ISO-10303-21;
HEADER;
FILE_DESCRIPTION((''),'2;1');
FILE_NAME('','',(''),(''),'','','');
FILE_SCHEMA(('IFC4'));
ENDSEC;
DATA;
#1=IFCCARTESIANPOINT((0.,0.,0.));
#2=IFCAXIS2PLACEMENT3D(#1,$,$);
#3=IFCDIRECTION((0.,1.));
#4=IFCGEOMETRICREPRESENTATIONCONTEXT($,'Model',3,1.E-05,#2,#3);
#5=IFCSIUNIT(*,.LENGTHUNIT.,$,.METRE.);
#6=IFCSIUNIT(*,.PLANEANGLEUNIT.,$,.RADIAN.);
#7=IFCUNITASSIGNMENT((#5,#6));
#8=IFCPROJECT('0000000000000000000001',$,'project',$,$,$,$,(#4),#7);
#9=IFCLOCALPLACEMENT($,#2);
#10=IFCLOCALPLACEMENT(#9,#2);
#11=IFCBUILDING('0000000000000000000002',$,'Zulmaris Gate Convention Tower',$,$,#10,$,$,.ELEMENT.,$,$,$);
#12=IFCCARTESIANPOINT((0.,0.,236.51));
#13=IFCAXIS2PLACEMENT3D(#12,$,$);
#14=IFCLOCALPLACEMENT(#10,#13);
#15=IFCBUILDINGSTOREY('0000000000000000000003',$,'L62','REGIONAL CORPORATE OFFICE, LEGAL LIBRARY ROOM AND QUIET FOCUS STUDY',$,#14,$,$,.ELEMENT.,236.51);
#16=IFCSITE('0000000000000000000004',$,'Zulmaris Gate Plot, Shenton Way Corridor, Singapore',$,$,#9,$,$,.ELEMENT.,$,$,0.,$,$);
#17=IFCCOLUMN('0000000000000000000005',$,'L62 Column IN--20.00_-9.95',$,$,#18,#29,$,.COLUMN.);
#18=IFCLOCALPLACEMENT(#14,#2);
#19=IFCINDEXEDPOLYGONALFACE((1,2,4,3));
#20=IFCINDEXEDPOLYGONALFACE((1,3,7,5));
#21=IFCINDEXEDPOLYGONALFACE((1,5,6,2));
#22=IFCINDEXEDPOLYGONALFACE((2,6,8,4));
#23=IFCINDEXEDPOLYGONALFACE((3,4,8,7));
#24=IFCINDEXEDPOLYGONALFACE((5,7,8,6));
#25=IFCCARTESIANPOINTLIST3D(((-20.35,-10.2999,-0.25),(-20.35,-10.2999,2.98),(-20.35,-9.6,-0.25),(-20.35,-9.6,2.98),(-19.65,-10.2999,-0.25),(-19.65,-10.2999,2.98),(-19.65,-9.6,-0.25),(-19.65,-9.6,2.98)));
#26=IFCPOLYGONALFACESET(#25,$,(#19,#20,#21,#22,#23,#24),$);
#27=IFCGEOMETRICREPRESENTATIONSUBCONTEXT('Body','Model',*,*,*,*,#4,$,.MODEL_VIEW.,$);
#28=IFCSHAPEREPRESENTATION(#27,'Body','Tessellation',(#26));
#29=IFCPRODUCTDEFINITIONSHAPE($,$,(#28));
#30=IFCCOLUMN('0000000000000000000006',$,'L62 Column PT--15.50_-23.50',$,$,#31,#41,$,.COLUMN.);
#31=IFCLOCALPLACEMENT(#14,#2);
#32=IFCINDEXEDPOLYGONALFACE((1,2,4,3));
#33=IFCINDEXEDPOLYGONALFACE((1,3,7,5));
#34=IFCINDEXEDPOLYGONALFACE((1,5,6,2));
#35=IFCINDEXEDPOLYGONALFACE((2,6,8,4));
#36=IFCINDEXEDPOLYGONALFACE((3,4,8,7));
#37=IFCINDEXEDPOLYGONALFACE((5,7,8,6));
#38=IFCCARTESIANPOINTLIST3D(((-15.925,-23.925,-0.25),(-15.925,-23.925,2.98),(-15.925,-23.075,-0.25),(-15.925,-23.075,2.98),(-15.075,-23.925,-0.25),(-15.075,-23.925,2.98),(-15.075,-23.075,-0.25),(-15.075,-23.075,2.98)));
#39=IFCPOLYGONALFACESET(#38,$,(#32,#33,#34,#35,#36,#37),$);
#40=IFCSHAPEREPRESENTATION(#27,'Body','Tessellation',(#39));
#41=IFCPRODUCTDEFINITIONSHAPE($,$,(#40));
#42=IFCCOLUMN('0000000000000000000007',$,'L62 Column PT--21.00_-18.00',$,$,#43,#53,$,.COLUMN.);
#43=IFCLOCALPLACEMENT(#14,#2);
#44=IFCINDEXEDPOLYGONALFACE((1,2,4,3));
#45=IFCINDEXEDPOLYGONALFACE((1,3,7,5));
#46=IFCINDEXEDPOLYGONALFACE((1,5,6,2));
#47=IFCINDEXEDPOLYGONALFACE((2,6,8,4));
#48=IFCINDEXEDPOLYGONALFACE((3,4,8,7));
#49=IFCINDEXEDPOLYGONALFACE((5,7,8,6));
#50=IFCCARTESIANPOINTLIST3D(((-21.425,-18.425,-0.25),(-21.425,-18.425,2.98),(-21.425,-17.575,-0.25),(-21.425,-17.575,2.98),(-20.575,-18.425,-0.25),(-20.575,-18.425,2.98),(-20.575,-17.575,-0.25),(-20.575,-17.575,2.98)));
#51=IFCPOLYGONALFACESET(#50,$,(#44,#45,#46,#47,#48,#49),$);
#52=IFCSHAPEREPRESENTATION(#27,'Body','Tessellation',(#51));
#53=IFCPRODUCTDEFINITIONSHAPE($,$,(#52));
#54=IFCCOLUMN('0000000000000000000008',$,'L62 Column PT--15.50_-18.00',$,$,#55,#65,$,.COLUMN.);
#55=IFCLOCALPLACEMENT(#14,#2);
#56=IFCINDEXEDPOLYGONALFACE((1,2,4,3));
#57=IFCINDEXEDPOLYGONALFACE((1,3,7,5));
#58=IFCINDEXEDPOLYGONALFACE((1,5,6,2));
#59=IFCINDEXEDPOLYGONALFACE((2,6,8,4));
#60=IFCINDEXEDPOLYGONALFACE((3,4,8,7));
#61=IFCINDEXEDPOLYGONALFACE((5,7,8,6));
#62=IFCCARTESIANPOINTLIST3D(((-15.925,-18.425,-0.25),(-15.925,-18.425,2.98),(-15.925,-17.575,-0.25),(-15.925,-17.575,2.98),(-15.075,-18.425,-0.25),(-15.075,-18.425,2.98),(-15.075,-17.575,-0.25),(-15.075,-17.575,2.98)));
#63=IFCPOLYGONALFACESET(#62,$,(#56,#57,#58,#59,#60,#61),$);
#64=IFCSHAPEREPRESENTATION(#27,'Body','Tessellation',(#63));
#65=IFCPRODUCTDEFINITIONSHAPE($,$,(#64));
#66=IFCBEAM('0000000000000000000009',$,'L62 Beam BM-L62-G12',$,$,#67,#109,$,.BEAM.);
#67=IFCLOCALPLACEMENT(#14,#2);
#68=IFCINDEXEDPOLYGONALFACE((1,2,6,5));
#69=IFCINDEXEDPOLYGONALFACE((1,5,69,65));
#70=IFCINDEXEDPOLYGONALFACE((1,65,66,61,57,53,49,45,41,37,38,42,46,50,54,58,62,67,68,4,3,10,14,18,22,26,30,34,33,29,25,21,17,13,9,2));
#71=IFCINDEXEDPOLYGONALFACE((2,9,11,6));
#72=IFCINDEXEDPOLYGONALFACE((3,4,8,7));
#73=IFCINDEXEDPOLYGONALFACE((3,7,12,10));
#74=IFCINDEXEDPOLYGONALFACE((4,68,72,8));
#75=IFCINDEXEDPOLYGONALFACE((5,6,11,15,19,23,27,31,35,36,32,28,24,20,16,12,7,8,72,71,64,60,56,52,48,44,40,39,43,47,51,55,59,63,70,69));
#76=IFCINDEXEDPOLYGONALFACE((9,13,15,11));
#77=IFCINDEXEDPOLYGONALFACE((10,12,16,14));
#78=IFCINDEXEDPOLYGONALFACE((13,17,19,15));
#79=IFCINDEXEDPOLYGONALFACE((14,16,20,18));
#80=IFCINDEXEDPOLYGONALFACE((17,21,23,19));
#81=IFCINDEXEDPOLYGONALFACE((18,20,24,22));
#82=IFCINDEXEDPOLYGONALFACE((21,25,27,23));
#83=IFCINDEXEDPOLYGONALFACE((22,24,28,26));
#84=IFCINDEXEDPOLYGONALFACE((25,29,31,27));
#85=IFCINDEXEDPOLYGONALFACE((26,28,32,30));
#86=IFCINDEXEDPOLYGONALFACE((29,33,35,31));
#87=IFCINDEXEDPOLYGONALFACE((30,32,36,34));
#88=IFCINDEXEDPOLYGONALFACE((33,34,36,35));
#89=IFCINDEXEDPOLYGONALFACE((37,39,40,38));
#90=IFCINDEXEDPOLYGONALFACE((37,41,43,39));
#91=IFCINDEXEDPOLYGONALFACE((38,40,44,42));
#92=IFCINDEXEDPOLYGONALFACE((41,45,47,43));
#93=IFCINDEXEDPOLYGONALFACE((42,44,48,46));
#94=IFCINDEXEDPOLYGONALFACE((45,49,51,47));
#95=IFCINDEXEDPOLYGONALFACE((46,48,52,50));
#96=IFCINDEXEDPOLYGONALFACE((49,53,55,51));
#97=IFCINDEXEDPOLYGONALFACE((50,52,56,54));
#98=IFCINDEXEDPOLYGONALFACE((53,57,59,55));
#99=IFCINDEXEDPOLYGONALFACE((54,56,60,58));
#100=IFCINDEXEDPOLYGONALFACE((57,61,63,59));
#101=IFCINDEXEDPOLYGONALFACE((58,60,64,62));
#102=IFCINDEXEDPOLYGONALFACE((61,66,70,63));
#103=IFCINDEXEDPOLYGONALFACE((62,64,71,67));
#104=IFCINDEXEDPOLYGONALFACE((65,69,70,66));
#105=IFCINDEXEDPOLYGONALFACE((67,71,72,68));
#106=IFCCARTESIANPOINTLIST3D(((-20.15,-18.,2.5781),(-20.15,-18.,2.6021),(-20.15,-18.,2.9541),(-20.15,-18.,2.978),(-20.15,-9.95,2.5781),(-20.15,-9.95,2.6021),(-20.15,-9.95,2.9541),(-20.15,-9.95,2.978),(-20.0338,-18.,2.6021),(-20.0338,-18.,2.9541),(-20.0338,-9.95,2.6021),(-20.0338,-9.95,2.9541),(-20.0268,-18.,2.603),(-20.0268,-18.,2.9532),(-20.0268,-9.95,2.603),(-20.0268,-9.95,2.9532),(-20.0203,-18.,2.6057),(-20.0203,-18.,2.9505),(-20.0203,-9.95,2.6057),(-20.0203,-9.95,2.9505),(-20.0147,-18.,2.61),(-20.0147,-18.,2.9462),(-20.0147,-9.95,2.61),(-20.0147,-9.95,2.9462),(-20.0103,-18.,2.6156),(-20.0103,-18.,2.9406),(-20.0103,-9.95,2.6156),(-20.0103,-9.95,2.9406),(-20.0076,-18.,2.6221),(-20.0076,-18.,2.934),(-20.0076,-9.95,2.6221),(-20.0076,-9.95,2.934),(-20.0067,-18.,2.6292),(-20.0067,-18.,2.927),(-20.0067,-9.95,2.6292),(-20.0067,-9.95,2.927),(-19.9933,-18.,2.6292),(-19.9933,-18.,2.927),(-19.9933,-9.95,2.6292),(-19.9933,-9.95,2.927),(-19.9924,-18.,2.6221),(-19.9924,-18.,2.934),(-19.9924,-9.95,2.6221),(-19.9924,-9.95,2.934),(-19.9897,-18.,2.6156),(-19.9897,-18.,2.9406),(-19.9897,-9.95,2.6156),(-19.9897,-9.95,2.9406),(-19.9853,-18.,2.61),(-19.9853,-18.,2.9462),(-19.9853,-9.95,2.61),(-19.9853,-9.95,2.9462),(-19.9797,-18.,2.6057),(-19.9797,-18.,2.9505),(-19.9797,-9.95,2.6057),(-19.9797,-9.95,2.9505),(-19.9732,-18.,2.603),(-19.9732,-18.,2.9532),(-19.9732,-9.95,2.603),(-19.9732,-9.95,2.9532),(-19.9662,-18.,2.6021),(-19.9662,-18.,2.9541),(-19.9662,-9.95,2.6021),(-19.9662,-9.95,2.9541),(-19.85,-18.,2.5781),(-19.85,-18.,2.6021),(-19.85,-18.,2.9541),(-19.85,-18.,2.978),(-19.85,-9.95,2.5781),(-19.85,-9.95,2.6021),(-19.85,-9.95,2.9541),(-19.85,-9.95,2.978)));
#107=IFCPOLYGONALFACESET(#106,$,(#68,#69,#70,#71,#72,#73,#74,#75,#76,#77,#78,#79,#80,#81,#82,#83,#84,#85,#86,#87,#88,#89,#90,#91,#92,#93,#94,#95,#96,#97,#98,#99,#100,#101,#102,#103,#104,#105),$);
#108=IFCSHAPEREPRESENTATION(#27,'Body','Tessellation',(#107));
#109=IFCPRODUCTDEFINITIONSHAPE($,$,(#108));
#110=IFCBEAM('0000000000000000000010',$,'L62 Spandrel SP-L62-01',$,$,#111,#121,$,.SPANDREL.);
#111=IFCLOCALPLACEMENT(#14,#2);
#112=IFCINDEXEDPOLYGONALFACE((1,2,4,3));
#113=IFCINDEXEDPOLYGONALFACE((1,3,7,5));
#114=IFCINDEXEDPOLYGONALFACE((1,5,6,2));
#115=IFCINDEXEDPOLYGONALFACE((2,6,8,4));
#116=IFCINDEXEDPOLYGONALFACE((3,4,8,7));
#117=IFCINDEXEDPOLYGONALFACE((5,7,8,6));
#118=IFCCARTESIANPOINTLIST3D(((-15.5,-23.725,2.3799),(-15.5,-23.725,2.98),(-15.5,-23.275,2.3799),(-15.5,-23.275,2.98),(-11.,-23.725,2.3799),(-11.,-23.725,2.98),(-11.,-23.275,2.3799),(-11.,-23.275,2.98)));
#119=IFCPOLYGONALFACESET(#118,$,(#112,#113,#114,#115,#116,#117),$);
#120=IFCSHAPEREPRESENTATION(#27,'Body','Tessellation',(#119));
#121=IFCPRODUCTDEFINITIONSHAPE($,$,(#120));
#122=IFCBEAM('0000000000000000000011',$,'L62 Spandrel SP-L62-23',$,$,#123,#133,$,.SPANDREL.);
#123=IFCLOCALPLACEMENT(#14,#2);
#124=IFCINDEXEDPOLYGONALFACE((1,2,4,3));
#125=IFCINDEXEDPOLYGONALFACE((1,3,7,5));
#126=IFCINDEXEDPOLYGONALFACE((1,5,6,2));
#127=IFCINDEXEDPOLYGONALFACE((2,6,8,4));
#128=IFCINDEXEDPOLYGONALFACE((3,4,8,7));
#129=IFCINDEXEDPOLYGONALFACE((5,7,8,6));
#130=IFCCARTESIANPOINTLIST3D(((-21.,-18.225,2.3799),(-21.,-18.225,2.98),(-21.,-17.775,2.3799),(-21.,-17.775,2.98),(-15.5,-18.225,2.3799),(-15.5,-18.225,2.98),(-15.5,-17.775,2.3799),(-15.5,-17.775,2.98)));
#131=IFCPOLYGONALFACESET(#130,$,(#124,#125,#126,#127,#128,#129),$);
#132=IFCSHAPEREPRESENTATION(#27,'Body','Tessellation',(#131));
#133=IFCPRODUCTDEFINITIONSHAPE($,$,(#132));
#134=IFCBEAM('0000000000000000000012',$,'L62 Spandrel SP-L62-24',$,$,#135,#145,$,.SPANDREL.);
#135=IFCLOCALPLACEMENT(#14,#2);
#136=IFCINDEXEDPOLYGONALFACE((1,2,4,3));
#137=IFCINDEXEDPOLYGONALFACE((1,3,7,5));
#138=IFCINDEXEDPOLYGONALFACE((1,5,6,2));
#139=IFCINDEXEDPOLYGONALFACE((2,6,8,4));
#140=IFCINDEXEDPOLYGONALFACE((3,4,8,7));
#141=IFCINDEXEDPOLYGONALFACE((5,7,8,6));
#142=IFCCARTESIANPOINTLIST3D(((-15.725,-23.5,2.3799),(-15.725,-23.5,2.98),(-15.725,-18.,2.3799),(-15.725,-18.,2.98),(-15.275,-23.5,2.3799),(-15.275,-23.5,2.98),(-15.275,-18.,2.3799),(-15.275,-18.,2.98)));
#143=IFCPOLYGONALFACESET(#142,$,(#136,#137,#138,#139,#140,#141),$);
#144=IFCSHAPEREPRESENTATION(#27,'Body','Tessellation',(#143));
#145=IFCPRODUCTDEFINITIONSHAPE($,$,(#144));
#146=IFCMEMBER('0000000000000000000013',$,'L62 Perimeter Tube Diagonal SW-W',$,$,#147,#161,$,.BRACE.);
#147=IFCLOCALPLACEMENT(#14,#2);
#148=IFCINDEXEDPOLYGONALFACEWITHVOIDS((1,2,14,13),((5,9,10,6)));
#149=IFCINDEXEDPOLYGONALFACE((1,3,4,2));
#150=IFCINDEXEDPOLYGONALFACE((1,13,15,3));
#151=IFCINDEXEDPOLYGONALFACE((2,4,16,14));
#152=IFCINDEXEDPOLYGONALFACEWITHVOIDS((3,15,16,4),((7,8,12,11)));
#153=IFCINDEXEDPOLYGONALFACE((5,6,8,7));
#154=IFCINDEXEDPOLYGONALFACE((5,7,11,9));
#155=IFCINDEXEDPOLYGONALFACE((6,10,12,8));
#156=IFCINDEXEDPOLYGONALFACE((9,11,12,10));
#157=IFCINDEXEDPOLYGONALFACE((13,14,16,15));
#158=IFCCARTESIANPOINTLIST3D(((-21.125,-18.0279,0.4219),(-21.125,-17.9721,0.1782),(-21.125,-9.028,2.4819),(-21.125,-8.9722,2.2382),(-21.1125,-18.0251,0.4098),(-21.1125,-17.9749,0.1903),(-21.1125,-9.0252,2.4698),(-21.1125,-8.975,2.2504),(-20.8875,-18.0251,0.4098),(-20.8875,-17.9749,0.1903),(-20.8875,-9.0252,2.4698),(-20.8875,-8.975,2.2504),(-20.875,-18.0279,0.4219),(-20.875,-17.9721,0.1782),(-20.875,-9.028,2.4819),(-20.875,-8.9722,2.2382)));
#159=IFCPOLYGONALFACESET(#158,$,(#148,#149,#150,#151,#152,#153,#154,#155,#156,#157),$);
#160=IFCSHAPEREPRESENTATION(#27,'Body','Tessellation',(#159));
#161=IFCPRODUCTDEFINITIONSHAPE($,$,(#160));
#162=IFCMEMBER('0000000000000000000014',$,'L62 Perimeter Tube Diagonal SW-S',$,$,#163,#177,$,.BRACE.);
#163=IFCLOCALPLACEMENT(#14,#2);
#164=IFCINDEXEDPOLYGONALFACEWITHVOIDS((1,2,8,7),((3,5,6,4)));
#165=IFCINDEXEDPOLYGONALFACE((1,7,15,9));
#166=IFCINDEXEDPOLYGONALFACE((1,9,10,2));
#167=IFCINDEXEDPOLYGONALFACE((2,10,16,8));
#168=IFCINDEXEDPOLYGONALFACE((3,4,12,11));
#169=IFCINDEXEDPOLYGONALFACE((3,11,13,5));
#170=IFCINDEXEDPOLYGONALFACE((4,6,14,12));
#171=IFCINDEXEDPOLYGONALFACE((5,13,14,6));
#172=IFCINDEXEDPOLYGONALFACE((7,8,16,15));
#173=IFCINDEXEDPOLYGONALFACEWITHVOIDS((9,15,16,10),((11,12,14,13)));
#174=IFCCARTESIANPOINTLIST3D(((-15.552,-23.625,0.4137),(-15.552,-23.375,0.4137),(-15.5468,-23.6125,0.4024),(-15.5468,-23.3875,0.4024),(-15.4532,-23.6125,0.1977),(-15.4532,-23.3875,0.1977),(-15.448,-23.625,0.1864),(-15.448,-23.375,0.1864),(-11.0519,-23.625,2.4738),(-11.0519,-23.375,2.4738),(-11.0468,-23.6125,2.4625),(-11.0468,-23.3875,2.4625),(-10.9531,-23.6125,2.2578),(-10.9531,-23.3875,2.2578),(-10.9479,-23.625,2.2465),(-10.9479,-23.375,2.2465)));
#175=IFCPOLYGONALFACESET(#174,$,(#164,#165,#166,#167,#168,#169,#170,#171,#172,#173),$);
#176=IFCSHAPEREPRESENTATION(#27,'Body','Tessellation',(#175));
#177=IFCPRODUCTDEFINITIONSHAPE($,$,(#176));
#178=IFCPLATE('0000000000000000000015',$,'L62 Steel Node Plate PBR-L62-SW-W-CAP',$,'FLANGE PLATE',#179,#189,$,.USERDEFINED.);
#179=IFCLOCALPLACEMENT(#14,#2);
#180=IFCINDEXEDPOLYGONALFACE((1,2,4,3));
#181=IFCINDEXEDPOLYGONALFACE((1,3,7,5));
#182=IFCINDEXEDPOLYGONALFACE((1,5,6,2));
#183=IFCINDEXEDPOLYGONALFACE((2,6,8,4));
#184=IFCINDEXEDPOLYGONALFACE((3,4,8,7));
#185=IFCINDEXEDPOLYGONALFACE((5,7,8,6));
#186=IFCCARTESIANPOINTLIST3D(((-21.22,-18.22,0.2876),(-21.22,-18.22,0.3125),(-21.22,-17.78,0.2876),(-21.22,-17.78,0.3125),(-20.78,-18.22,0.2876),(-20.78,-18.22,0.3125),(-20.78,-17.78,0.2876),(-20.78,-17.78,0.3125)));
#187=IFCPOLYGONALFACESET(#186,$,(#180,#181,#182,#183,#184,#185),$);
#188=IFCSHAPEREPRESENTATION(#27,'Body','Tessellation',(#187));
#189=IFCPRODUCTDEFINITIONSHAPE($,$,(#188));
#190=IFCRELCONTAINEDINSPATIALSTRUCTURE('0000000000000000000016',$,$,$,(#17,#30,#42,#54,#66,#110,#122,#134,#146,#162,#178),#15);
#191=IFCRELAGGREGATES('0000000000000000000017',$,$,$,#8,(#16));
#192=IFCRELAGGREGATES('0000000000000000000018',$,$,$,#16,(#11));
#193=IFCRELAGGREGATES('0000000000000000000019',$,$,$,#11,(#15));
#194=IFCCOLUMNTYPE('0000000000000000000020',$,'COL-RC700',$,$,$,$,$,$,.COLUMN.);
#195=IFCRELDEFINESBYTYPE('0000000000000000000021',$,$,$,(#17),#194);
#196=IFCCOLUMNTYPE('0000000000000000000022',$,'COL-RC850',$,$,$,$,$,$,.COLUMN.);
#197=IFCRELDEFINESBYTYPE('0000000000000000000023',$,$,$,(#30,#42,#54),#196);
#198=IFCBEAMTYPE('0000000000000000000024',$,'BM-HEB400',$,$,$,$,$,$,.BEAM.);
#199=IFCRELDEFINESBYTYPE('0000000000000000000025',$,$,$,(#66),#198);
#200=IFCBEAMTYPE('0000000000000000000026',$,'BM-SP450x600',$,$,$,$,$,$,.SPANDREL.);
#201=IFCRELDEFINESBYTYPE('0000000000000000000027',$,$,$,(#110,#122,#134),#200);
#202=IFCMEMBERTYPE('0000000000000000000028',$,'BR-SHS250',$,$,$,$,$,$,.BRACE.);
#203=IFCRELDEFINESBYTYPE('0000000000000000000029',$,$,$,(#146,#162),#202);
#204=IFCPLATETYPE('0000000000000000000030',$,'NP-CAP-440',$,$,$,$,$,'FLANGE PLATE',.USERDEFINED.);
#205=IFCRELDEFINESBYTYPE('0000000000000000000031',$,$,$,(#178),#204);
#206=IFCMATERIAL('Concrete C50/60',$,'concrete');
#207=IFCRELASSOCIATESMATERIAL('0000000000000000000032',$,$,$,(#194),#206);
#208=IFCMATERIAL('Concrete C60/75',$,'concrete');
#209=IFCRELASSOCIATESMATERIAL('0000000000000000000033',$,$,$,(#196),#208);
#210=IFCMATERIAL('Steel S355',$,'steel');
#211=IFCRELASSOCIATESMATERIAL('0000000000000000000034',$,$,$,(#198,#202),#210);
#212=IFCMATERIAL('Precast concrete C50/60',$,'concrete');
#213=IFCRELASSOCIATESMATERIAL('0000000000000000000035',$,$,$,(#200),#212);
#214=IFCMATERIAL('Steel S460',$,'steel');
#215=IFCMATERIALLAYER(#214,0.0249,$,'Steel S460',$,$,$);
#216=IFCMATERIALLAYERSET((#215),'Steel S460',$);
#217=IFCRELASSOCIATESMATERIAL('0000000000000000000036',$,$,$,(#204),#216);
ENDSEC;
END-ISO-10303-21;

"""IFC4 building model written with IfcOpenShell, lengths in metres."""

from ifc_helpers import new_model, si_unit, direction, frame, origin, origin_2d, place, context, subcontext, project, spatial, rectangle, hollow_rectangle, i_section, extrude, material, layer, layer_set, material_profile, profile_set, type_object, element, save


model = new_model("IFC4")

# Units and contexts
model_context = context("Model", 3, precision=1e-05, world=origin(), true_north=direction((0.0, 1.0)))
body_context = subcontext(model_context, "Body", "Model", "MODEL_VIEW")
ifc_project = project(units=[si_unit("LENGTHUNIT", "METRE"), si_unit("PLANEANGLEUNIT", "RADIAN")], contexts=[model_context])

# Site, building, storey
site_placement = place(None, origin())
site = spatial("IfcSite", under=ifc_project, at=site_placement, Name="Zulmaris Gate Plot, Shenton Way Corridor, Singapore", CompositionType="ELEMENT", RefElevation=0.0)
building_placement = place(site_placement, origin())
building = spatial("IfcBuilding", under=site, at=building_placement, Name="Zulmaris Gate Convention Tower", CompositionType="ELEMENT")
storey_placement = place(building_placement, frame((0.0, 0.0, 236.51)))
storey = spatial("IfcBuildingStorey", under=building, at=storey_placement, Name="L62", Description="REGIONAL CORPORATE OFFICE, LEGAL LIBRARY ROOM AND QUIET FOCUS STUDY", CompositionType="ELEMENT", Elevation=236.51)

# Columns
ifc_material_1 = material(Name="Concrete C50/60", Category="concrete")
ifc_material_profile_1 = material_profile(ifc_material_1, rectangle(XDim=0.7, YDim=0.7, at=origin_2d()), Name="RC COL 700x700")
ifc_profile_set_1 = profile_set([ifc_material_profile_1], Name="Concrete C50/60")
column_type_1 = type_object("IfcColumnType", Name="COL-RC700", PredefinedType="COLUMN", material=ifc_profile_set_1)
column_placement = place(storey_placement, frame((-20.0, -9.95, -0.25), z_axis=(0.0, 0.0, 1.0), x_axis=(1.0, 0.0, 0.0)))
element("IfcColumn", 1, at=column_placement, inside=storey, type_object=column_type_1, Name="L62 Column IN--20.00_-9.95", PredefinedType="COLUMN", context=body_context, shape_type="SweptSolid", body=[
    extrude(rectangle(XDim=0.7, YDim=0.7, at=origin_2d()), origin(), (0.0, 0.0, 1.0), 3.23),
])
ifc_material_2 = material(Name="Concrete C60/75", Category="concrete")
ifc_material_profile_2 = material_profile(ifc_material_2, rectangle(XDim=0.8501, YDim=0.8501, at=origin_2d()), Name="RC COL 850x850")
ifc_profile_set_2 = profile_set([ifc_material_profile_2], Name="Concrete C60/75")
column_type_2 = type_object("IfcColumnType", Name="COL-RC850", PredefinedType="COLUMN", material=ifc_profile_set_2)
for number, where, z_axis, x_axis, name in (
    (2, (-15.5, -23.5, -0.25), (0.0, 0.0, 1.0), (1.0, 0.0, 0.0), "L62 Column PT--15.50_-23.50"),
    (3, (-21.0, -18.0, -0.25), (0.0, 0.0, 1.0), (1.0, 0.0, 0.0), "L62 Column PT--21.00_-18.00"),
    (4, (-15.5, -18.0, -0.25), (0.0, 0.0, 1.0), (1.0, 0.0, 0.0), "L62 Column PT--15.50_-18.00"),
):
    element("IfcColumn", number, at=place(storey_placement, frame(where, z_axis=z_axis, x_axis=x_axis)), inside=storey, type_object=column_type_2, Name=name, PredefinedType="COLUMN", context=body_context, shape_type="SweptSolid", body=[
        extrude(rectangle(XDim=0.8501, YDim=0.8501, at=origin_2d()), origin(), (0.0, 0.0, 1.0), 3.23),
    ])

# Beams
ifc_material_3 = material(Name="Steel S355", Category="steel")
ifc_material_profile_3 = material_profile(ifc_material_3, i_section(OverallWidth=0.3, OverallDepth=0.3999, WebThickness=0.0134, FlangeThickness=0.0239, FilletRadius=0.0271, at=origin_2d()), Name="HEB 400")
ifc_profile_set_3 = profile_set([ifc_material_profile_3], Name="Steel S355")
beam_type_1 = type_object("IfcBeamType", Name="BM-HEB400", PredefinedType="BEAM", material=ifc_profile_set_3)
beam_1_placement = place(storey_placement, frame((-20.0, -18.0, 2.7781), z_axis=(0.0, 1.0, 0.0), x_axis=(-1.0, 0.0, 0.0)))
element("IfcBeam", 5, at=beam_1_placement, inside=storey, type_object=beam_type_1, Name="L62 Beam BM-L62-G12", PredefinedType="BEAM", context=body_context, shape_type="SweptSolid", body=[
    extrude(i_section(OverallWidth=0.3, OverallDepth=0.3999, WebThickness=0.0134, FlangeThickness=0.0239, FilletRadius=0.0271, at=origin_2d()), origin(), (0.0, 0.0, 1.0), 8.05),
])
ifc_material_4 = material(Name="Precast concrete C50/60", Category="concrete")
ifc_material_profile_4 = material_profile(ifc_material_4, rectangle(XDim=0.45, YDim=0.6001, at=origin_2d()), Name="RC SPANDREL 450x600")
ifc_profile_set_4 = profile_set([ifc_material_profile_4], Name="Precast concrete C50/60")
beam_type_2 = type_object("IfcBeamType", Name="BM-SP450x600", PredefinedType="SPANDREL", material=ifc_profile_set_4)
beam_2_placement = place(storey_placement, frame((-15.5, -23.5, 2.6799), z_axis=(1.0, 0.0, 0.0), x_axis=(0.0, 1.0, 0.0)))
element("IfcBeam", 6, at=beam_2_placement, inside=storey, type_object=beam_type_2, Name="L62 Spandrel SP-L62-01", PredefinedType="SPANDREL", context=body_context, shape_type="SweptSolid", body=[
    extrude(rectangle(XDim=0.45, YDim=0.6001, at=origin_2d()), origin(), (0.0, 0.0, 1.0), 4.5),
])
for number, where, z_axis, x_axis, name in (
    (7, (-21.0, -18.0, 2.6799), (1.0, 0.0, 0.0), (0.0, 1.0, 0.0), "L62 Spandrel SP-L62-23"),
    (8, (-15.5, -18.0, 2.6799), (0.0, -1.0, 0.0), (1.0, 0.0, 0.0), "L62 Spandrel SP-L62-24"),
):
    element("IfcBeam", number, at=place(storey_placement, frame(where, z_axis=z_axis, x_axis=x_axis)), inside=storey, type_object=beam_type_2, Name=name, PredefinedType="SPANDREL", context=body_context, shape_type="SweptSolid", body=[
        extrude(rectangle(XDim=0.45, YDim=0.6001, at=origin_2d()), origin(), (0.0, 0.0, 1.0), 5.5),
    ])

# Members
ifc_material_profile_5 = material_profile(ifc_material_3, hollow_rectangle(XDim=0.25, YDim=0.25, WallThickness=0.0125, at=origin_2d()), Name="SHS 250x250x12.5")
ifc_profile_set_5 = profile_set([ifc_material_profile_5], Name="Steel S355")
member_type = type_object("IfcMemberType", Name="BR-SHS250", PredefinedType="BRACE", material=ifc_profile_set_5)
member_1_placement = place(storey_placement, frame((-21.0, -18.0, 0.3), z_axis=(0.0, 0.97479, 0.223125), x_axis=(-1.0, 0.0, 0.0)))
element("IfcMember", 9, at=member_1_placement, inside=storey, type_object=member_type, Name="L62 Perimeter Tube Diagonal SW-W", PredefinedType="BRACE", context=body_context, shape_type="SweptSolid", body=[
    extrude(hollow_rectangle(XDim=0.25, YDim=0.25, WallThickness=0.0125, at=origin_2d()), origin(), (0.0, 0.0, 1.0), 9.2327),
])
member_2_placement = place(storey_placement, frame((-15.5, -23.5, 0.3), z_axis=(0.909252, 0.0, 0.416247), x_axis=(0.0, 1.0, 0.0)))
element("IfcMember", 10, at=member_2_placement, inside=storey, type_object=member_type, Name="L62 Perimeter Tube Diagonal SW-S", PredefinedType="BRACE", context=body_context, shape_type="SweptSolid", body=[
    extrude(hollow_rectangle(XDim=0.25, YDim=0.25, WallThickness=0.0125, at=origin_2d()), origin(), (0.0, 0.0, 1.0), 4.9492),
])

# Plate
ifc_material_5 = material(Name="Steel S460", Category="steel")
ifc_layer_1 = layer(ifc_material_5, 0.0249, Name="Steel S460")
ifc_layer_set_1 = layer_set([ifc_layer_1], Name="Steel S460")
plate_type = type_object("IfcPlateType", Name="NP-CAP-440", ElementType="FLANGE PLATE", PredefinedType="USERDEFINED", material=ifc_layer_set_1)
for number, where, z_axis, x_axis, name in (
    (11, (-21.0, -18.0, 0.2876), (0.0, 0.0, 1.0), (1.0, 0.0, 0.0), "L62 Steel Node Plate PBR-L62-SW-W-CAP"),
):
    element("IfcPlate", number, at=place(storey_placement, frame(where, z_axis=z_axis, x_axis=x_axis)), inside=storey, type_object=plate_type, Name=name, ObjectType="FLANGE PLATE", PredefinedType="USERDEFINED", context=body_context, shape_type="SweptSolid", body=[
        extrude(rectangle(XDim=0.4399, YDim=0.4399, at=origin_2d()), origin(), (0.0, 0.0, 1.0), 0.0249),
    ])

save(model, "model.ifc")
